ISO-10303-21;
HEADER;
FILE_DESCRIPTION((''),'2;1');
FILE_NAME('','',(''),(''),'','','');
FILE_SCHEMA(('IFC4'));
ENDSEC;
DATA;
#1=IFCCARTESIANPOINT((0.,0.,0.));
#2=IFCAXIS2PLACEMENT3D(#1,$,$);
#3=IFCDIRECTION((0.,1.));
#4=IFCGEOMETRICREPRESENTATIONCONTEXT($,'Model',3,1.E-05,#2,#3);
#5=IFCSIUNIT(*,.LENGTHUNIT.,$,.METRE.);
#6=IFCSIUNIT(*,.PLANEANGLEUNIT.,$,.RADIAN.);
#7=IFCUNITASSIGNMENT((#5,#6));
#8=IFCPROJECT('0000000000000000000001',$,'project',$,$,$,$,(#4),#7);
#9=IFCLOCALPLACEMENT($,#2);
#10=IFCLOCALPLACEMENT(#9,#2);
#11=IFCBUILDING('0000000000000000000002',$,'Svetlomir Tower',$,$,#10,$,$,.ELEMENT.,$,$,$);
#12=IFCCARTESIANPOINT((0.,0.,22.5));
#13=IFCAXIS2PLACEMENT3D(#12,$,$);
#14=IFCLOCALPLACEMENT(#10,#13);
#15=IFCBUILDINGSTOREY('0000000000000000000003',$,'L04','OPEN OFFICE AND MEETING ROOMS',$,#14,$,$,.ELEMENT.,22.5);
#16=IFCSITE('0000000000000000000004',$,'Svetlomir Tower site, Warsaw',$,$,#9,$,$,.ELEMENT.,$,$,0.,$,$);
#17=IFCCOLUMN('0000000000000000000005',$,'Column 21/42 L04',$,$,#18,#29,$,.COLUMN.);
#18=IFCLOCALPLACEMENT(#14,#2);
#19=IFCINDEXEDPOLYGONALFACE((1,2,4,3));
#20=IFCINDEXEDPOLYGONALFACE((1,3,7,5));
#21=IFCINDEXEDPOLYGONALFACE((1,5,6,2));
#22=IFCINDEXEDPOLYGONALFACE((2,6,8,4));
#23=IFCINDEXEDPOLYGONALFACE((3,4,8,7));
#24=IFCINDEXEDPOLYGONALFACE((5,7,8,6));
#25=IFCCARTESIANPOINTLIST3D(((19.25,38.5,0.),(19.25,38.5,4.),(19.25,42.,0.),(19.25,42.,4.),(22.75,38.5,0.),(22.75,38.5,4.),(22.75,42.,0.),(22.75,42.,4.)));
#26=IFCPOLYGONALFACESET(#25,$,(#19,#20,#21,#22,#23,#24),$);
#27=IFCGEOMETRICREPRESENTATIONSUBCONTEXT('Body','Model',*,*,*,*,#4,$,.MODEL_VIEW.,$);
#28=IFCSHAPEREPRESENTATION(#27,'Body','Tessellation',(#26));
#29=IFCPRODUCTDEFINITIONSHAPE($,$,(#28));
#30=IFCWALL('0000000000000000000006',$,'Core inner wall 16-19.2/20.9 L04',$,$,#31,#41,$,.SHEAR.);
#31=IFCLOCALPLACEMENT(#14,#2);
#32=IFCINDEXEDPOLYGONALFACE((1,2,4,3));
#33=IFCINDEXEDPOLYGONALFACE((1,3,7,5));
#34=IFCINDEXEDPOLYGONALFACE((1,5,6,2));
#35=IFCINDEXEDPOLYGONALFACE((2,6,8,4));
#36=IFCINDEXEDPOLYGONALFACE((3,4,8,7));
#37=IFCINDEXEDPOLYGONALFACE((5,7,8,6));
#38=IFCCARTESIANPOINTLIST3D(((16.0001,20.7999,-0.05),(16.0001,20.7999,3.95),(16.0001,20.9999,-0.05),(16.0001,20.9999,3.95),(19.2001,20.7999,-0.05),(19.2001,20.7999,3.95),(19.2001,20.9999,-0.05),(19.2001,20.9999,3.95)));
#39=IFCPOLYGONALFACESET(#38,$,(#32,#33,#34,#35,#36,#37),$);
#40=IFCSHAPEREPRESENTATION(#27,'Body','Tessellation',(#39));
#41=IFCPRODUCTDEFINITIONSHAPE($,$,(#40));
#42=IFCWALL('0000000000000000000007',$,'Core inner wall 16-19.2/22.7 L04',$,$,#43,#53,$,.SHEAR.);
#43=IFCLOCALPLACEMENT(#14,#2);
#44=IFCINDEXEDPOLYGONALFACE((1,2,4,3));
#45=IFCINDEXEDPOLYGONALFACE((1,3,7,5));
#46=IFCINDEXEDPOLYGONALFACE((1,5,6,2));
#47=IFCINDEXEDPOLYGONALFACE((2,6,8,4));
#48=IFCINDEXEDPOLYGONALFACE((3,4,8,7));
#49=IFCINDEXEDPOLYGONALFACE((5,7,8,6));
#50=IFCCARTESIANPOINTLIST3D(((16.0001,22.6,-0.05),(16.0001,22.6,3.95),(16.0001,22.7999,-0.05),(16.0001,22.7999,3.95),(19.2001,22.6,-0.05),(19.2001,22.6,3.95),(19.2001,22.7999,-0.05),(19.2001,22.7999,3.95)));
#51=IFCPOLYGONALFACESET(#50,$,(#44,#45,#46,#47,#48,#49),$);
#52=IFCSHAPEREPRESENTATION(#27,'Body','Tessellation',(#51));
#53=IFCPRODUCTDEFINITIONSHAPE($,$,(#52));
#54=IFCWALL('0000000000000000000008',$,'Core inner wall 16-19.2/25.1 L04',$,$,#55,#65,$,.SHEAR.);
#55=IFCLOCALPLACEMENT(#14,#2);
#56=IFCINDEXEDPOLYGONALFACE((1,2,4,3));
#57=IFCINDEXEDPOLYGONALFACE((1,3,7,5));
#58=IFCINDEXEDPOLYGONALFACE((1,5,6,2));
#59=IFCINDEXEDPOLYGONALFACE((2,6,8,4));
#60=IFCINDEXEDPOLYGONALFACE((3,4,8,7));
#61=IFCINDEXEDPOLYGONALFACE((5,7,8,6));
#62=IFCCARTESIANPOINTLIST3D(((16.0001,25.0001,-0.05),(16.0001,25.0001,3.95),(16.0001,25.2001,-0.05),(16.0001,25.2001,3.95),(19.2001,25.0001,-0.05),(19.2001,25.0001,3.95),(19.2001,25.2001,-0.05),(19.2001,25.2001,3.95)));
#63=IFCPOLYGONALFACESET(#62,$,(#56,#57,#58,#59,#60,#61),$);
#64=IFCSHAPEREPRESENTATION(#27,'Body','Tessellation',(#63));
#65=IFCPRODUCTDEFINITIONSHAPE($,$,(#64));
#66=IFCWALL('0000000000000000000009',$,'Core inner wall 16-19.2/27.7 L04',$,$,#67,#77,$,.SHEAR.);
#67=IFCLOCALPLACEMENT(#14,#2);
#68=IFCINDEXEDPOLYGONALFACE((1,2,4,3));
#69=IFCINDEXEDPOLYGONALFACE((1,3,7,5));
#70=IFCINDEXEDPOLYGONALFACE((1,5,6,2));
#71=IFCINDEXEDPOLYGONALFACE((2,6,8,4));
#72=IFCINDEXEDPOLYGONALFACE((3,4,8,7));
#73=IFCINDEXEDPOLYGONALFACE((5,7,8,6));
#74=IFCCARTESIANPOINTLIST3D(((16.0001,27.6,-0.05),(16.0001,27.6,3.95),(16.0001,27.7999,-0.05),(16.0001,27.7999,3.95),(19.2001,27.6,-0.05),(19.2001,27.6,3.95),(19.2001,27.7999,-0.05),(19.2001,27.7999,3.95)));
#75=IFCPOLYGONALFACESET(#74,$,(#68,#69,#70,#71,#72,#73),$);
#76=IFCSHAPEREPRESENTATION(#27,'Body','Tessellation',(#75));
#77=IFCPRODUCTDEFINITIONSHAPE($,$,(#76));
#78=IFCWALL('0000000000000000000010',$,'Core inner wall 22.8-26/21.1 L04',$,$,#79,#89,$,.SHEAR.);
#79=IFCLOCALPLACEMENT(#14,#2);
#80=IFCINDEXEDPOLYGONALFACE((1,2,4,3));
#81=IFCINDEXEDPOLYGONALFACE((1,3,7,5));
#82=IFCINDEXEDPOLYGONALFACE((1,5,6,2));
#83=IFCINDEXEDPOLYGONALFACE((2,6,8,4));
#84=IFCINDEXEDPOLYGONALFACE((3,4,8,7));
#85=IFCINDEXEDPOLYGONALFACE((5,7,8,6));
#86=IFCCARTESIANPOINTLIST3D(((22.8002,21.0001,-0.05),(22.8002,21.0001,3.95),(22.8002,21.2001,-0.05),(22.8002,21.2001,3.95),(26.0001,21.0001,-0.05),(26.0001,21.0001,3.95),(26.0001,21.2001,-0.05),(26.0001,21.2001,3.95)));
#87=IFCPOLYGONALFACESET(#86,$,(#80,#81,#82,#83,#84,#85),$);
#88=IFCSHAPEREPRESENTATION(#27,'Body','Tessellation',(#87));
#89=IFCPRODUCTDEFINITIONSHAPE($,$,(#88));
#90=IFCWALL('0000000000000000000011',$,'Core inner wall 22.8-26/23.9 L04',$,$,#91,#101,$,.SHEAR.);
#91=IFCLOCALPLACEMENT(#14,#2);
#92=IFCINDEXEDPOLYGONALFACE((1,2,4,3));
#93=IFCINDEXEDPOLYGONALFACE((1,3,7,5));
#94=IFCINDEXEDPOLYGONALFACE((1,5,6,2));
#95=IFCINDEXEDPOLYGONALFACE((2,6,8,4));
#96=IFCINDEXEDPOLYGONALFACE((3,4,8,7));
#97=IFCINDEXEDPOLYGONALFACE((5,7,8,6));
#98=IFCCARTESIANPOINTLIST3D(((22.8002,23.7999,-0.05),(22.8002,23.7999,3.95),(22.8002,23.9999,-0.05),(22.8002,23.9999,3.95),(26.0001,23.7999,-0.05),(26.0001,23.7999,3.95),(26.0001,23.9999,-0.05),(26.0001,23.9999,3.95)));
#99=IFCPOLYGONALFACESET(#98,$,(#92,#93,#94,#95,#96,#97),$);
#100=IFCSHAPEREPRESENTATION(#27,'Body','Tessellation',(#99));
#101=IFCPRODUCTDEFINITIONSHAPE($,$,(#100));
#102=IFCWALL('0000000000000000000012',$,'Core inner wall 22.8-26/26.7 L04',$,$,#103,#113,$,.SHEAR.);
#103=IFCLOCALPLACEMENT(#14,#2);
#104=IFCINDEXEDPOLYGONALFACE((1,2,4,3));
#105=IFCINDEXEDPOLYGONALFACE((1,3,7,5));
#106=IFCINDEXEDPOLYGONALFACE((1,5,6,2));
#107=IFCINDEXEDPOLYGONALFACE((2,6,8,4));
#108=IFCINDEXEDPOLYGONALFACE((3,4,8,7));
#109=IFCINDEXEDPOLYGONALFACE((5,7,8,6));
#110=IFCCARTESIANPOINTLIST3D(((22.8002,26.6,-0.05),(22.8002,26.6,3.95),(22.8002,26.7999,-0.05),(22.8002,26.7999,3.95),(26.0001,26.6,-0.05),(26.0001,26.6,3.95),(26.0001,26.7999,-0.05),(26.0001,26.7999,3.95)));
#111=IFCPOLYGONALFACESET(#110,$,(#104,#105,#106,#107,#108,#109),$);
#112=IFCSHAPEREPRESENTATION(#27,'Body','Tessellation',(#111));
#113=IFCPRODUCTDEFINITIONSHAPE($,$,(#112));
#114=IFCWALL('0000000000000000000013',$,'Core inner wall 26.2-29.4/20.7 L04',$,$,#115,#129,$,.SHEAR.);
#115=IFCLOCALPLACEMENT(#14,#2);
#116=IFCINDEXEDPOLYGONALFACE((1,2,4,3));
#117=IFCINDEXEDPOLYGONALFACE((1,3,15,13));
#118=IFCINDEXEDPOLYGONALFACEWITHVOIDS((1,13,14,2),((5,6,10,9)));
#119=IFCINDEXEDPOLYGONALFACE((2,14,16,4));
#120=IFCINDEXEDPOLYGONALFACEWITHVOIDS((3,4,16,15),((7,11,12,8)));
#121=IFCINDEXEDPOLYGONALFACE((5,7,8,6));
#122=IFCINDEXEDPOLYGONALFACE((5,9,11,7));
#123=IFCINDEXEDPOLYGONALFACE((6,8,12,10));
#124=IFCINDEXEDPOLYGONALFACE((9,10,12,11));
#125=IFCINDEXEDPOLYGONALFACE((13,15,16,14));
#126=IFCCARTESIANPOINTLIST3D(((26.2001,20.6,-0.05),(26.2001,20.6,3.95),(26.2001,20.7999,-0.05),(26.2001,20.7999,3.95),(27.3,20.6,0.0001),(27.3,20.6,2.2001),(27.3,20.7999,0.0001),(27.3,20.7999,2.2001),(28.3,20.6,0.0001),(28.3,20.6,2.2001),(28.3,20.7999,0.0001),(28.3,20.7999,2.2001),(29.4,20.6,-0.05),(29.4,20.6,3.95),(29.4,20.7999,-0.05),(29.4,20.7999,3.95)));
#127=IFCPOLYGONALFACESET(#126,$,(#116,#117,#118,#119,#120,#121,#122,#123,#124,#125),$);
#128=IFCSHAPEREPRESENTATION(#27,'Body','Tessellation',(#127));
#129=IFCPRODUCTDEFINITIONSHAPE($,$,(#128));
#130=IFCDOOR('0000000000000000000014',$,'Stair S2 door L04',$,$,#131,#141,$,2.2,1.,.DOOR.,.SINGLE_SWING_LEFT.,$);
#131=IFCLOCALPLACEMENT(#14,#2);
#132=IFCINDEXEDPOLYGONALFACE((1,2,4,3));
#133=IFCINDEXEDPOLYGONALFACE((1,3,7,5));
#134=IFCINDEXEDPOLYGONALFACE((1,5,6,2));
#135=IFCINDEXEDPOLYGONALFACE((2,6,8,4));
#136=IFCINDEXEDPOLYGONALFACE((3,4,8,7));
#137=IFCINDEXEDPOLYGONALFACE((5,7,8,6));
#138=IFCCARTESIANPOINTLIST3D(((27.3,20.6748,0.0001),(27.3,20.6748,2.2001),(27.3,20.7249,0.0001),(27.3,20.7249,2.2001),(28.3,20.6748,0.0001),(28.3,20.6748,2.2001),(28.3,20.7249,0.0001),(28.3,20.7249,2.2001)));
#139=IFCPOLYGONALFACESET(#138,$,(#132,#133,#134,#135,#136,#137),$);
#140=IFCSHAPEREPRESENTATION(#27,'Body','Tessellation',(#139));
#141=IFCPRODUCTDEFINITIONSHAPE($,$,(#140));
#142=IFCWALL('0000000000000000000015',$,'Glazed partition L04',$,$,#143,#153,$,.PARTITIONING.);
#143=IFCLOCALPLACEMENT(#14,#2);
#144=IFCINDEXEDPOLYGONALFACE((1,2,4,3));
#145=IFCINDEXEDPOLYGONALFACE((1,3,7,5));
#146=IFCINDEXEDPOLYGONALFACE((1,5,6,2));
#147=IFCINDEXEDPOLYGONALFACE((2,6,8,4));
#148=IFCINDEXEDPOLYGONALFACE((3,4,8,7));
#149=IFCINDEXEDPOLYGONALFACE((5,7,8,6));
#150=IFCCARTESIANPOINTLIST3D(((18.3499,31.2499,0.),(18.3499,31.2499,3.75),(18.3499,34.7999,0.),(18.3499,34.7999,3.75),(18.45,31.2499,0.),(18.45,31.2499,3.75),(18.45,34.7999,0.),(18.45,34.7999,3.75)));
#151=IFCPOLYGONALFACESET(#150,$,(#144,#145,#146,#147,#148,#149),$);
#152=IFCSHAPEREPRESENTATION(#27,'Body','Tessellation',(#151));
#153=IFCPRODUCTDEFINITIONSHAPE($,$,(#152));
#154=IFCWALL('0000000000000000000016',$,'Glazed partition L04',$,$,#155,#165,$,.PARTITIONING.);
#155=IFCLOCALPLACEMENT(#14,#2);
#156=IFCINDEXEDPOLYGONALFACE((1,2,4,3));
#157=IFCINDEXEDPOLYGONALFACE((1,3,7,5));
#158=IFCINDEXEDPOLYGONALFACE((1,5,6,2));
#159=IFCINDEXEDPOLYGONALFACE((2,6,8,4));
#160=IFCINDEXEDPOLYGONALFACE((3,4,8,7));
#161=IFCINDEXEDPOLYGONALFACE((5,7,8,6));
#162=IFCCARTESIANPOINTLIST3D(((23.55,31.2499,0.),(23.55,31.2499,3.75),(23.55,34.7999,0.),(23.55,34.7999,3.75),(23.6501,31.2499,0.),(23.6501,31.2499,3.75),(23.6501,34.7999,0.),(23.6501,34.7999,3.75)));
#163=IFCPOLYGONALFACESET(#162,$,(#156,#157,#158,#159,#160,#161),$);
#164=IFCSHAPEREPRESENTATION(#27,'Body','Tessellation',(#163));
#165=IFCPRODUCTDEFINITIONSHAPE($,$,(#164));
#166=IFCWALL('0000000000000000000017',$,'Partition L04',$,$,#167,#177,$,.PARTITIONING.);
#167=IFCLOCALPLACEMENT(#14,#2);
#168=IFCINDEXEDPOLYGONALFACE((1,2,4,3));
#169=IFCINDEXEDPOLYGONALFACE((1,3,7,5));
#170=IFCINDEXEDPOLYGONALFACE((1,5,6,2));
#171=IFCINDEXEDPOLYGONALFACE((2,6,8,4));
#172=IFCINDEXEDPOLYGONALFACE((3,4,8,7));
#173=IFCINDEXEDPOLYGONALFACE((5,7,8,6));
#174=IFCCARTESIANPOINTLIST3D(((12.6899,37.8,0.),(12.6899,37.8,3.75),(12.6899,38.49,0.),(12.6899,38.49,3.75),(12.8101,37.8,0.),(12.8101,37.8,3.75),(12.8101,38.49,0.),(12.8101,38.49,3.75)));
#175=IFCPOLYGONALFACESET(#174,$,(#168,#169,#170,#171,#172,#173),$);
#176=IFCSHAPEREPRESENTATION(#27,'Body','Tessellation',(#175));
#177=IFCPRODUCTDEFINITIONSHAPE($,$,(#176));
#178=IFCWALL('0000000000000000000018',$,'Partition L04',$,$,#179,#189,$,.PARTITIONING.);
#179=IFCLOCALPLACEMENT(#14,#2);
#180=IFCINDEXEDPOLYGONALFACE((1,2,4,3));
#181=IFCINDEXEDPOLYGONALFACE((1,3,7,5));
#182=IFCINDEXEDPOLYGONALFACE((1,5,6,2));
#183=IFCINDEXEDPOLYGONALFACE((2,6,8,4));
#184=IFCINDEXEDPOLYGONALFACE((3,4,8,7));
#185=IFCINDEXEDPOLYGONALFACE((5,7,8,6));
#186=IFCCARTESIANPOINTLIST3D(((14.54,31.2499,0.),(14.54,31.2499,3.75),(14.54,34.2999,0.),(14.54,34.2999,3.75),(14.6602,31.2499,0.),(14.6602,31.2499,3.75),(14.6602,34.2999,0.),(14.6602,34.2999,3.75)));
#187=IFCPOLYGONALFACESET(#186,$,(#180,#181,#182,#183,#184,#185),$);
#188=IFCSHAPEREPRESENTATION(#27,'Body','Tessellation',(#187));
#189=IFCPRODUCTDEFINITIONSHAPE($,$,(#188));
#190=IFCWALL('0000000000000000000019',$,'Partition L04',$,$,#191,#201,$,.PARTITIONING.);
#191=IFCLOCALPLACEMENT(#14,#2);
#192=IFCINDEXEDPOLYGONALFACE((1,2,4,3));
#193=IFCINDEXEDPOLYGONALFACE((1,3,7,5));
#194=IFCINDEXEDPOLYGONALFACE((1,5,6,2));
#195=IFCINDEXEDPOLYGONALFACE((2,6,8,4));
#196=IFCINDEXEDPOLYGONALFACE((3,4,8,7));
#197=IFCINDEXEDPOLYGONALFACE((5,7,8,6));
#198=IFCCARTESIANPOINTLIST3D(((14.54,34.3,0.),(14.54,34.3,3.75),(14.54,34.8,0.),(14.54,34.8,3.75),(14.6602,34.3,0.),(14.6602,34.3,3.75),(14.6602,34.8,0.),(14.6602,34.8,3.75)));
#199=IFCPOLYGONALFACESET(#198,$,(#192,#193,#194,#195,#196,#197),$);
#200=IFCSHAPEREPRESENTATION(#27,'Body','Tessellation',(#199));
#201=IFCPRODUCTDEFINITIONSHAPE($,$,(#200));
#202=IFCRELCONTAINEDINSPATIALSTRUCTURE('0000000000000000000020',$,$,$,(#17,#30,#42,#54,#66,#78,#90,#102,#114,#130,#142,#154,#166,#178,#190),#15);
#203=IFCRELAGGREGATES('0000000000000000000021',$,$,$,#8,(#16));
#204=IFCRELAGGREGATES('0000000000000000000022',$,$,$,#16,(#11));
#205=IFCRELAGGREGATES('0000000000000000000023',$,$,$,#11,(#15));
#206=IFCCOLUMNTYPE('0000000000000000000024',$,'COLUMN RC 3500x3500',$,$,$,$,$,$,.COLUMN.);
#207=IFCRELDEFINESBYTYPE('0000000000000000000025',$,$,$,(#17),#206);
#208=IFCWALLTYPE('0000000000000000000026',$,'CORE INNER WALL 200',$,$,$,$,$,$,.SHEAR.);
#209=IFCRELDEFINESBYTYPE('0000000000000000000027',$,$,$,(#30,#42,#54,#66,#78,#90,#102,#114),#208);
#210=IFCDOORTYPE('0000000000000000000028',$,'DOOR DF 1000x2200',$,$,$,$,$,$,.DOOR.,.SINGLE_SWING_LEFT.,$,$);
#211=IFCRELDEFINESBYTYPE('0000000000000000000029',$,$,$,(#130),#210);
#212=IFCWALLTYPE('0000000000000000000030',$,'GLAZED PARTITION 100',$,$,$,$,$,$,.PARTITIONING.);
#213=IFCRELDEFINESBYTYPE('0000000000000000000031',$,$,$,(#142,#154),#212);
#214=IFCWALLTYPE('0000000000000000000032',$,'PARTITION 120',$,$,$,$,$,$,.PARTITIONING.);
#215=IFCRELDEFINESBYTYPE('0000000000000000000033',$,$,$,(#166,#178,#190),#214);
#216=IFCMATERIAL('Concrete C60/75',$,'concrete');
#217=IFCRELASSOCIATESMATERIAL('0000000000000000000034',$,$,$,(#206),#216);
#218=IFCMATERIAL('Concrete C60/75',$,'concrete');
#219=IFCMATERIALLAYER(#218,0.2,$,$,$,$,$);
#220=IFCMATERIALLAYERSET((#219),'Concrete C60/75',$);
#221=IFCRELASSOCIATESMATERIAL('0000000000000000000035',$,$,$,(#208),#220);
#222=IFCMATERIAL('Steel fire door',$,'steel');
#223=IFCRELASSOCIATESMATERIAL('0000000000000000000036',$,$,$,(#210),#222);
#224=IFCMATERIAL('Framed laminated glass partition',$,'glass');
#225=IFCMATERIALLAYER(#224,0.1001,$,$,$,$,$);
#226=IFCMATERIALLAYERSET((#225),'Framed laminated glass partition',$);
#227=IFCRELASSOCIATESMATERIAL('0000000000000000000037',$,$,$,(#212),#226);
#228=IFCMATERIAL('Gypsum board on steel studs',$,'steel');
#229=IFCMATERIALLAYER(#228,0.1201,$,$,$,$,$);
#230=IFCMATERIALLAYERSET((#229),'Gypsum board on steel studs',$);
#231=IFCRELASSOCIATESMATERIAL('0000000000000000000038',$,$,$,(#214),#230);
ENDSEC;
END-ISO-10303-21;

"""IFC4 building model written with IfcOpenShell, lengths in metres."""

from ifc_helpers import new_model, si_unit, direction, frame, frame_2d, origin, origin_2d, place, context, subcontext, project, spatial, rectangle, extrude, material, layer, layer_set, material_profile, profile_set, type_object, element, fill, save


model = new_model("IFC4")

# Units and contexts
model_context = context("Model", 3, precision=1e-05, world=origin(), true_north=direction((0.0, 1.0)))
body_context = subcontext(model_context, "Body", "Model", "MODEL_VIEW")
ifc_project = project(units=[si_unit("LENGTHUNIT", "METRE"), si_unit("PLANEANGLEUNIT", "RADIAN")], contexts=[model_context])

# Site, building, storey
site_placement = place(None, origin())
site = spatial("IfcSite", under=ifc_project, at=site_placement, Name="Svetlomir Tower site, Warsaw", CompositionType="ELEMENT", RefElevation=0.0)
building_placement = place(site_placement, origin())
building = spatial("IfcBuilding", under=site, at=building_placement, Name="Svetlomir Tower", CompositionType="ELEMENT")
storey_placement = place(building_placement, frame((0.0, 0.0, 22.5)))
storey = spatial("IfcBuildingStorey", under=building, at=storey_placement, Name="L04", Description="OPEN OFFICE AND MEETING ROOMS", CompositionType="ELEMENT", Elevation=22.5)

# Column
ifc_material_1 = material(Name="Concrete C60/75", Category="concrete")
ifc_material_profile = material_profile(ifc_material_1, rectangle(XDim=3.5, YDim=3.5, at=origin_2d()), Name="RC 3500x3500")
ifc_profile_set = profile_set([ifc_material_profile], Name="Concrete C60/75")
column_type = type_object("IfcColumnType", Name="COLUMN RC 3500x3500", PredefinedType="COLUMN", material=ifc_profile_set)
column_placement = place(storey_placement, frame((21.0, 40.25, 0.0), z_axis=(0.0, 0.0, 1.0), x_axis=(1.0, 0.0, 0.0)))
element("IfcColumn", 1, at=column_placement, inside=storey, type_object=column_type, Name="Column 21/42 L04", PredefinedType="COLUMN", context=body_context, shape_type="SweptSolid", body=[
    extrude(rectangle(XDim=3.5, YDim=3.5, at=origin_2d()), origin(), (0.0, 0.0, 1.0), 4.0),
])

# Walls
ifc_material_2 = material(Name="Concrete C60/75", Category="concrete")
ifc_layer_1 = layer(ifc_material_2, 0.2)
ifc_layer_set_1 = layer_set([ifc_layer_1], Name="Concrete C60/75")
wall_type_1 = type_object("IfcWallType", Name="CORE INNER WALL 200", PredefinedType="SHEAR", material=ifc_layer_set_1)
for number, where, z_axis, x_axis, name in (
    (2, (16.0, 20.8999, -0.05), (0.0, 0.0, 1.0), (1.0, 0.0, 0.0), "Core inner wall 16-19.2/20.9 L04"),
    (3, (16.0, 22.7, -0.05), (0.0, 0.0, 1.0), (1.0, 0.0, 0.0), "Core inner wall 16-19.2/22.7 L04"),
    (4, (16.0, 25.1001, -0.05), (0.0, 0.0, 1.0), (1.0, 0.0, 0.0), "Core inner wall 16-19.2/25.1 L04"),
    (5, (16.0, 27.7, -0.05), (0.0, 0.0, 1.0), (1.0, 0.0, 0.0), "Core inner wall 16-19.2/27.7 L04"),
    (6, (22.8, 21.1001, -0.05), (0.0, 0.0, 1.0), (1.0, 0.0, 0.0), "Core inner wall 22.8-26/21.1 L04"),
    (7, (22.8, 23.8999, -0.05), (0.0, 0.0, 1.0), (1.0, 0.0, 0.0), "Core inner wall 22.8-26/23.9 L04"),
    (8, (22.8, 26.7, -0.05), (0.0, 0.0, 1.0), (1.0, 0.0, 0.0), "Core inner wall 22.8-26/26.7 L04"),
):
    element("IfcWall", number, at=place(storey_placement, frame(where, z_axis=z_axis, x_axis=x_axis)), inside=storey, type_object=wall_type_1, Name=name, PredefinedType="SHEAR", context=body_context, shape_type="SweptSolid", body=[
        extrude(rectangle(XDim=3.2, YDim=0.2, at=frame_2d((1.6001, 0.0))), origin(), (0.0, 0.0, 1.0), 4.0),
    ])

# Wall, opening, door
wall_1_placement = place(storey_placement, frame((26.2, 20.7, -0.05), z_axis=(0.0, 0.0, 1.0), x_axis=(1.0, 0.0, 0.0)))
wall_1 = element("IfcWall", 9, at=wall_1_placement, inside=storey, type_object=wall_type_1, Name="Core inner wall 26.2-29.4/20.7 L04", PredefinedType="SHEAR", context=body_context, shape_type="SweptSolid", body=[
    extrude(rectangle(XDim=3.2, YDim=0.2, at=frame_2d((1.6001, 0.0))), origin(), (0.0, 0.0, 1.0), 4.0),
])
opening_1_placement = place(wall_1_placement, frame((1.1001, 0.0, 0.05)))
opening_1 = element("IfcOpeningElement", 10, at=opening_1_placement, cuts=wall_1, PredefinedType="OPENING", context=body_context, shape_type="SweptSolid", body=[
    extrude(rectangle(XDim=1.0, YDim=2.2, at=frame_2d((0.5, 1.1001))), frame((0.0, 0.1099, 0.0), z_axis=(0.0, -1.0, 0.0), x_axis=(1.0, 0.0, 0.0)), (0.0, 0.0, 1.0), 0.22),
])
ifc_material_3 = material(Name="Steel fire door", Category="steel")
door_type_1 = type_object("IfcDoorType", Name="DOOR DF 1000x2200", OperationType="SINGLE_SWING_LEFT", PredefinedType="DOOR", material=ifc_material_3)
door_1_placement = place(opening_1_placement, origin())
door_1 = element("IfcDoor", 11, at=door_1_placement, inside=storey, type_object=door_type_1, Name="Stair S2 door L04", OperationType="SINGLE_SWING_LEFT", OverallHeight=2.2, OverallWidth=1.0, PredefinedType="DOOR", context=body_context, shape_type="SweptSolid", body=[
    extrude(rectangle(XDim=1.0, YDim=2.2, at=frame_2d((0.5, 1.1001))), frame((0.0, 0.0249, 0.0), z_axis=(0.0, -1.0, 0.0), x_axis=(1.0, 0.0, 0.0)), (0.0, 0.0, 1.0), 0.05),
])
fill(opening_1, door_1)

# Walls
ifc_material_4 = material(Name="Framed laminated glass partition", Category="glass")
ifc_layer_2 = layer(ifc_material_4, 0.1001)
ifc_layer_set_2 = layer_set([ifc_layer_2], Name="Framed laminated glass partition")
wall_type_2 = type_object("IfcWallType", Name="GLAZED PARTITION 100", PredefinedType="PARTITIONING", material=ifc_layer_set_2)
for number, where, z_axis, x_axis, name in (
    (12, (18.3999, 31.25, 0.0), (0.0, 0.0, 1.0), (0.0, 1.0, 0.0), "Glazed partition L04"),
    (13, (23.6001, 31.25, 0.0), (0.0, 0.0, 1.0), (0.0, 1.0, 0.0), "Glazed partition L04"),
):
    element("IfcWall", number, at=place(storey_placement, frame(where, z_axis=z_axis, x_axis=x_axis)), inside=storey, type_object=wall_type_2, Name=name, PredefinedType="PARTITIONING", context=body_context, shape_type="SweptSolid", body=[
        extrude(rectangle(XDim=3.55, YDim=0.1001, at=frame_2d((1.7749, 0.0))), origin(), (0.0, 0.0, 1.0), 3.75),
    ])
ifc_material_5 = material(Name="Gypsum board on steel studs", Category="steel")
ifc_layer_3 = layer(ifc_material_5, 0.1201)
ifc_layer_set_3 = layer_set([ifc_layer_3], Name="Gypsum board on steel studs")
wall_type_3 = type_object("IfcWallType", Name="PARTITION 120", PredefinedType="PARTITIONING", material=ifc_layer_set_3)
wall_2_placement = place(storey_placement, frame((12.75, 37.8, 0.0), z_axis=(0.0, 0.0, 1.0), x_axis=(0.0, 1.0, 0.0)))
element("IfcWall", 14, at=wall_2_placement, inside=storey, type_object=wall_type_3, Name="Partition L04", PredefinedType="PARTITIONING", context=body_context, shape_type="SweptSolid", body=[
    extrude(rectangle(XDim=0.6899, YDim=0.1201, at=frame_2d((0.345, 0.0))), origin(), (0.0, 0.0, 1.0), 3.75),
])
wall_3_placement = place(storey_placement, frame((14.6001, 31.25, 0.0), z_axis=(0.0, 0.0, 1.0), x_axis=(0.0, 1.0, 0.0)))
element("IfcWall", 15, at=wall_3_placement, inside=storey, type_object=wall_type_3, Name="Partition L04", PredefinedType="PARTITIONING", context=body_context, shape_type="SweptSolid", body=[
    extrude(rectangle(XDim=3.05, YDim=0.1201, at=frame_2d((1.5249, 0.0))), origin(), (0.0, 0.0, 1.0), 3.75),
])
wall_4_placement = place(storey_placement, frame((14.6001, 34.3, 0.0), z_axis=(0.0, 0.0, 1.0), x_axis=(0.0, 1.0, 0.0)))
element("IfcWall", 16, at=wall_4_placement, inside=storey, type_object=wall_type_3, Name="Partition L04", PredefinedType="PARTITIONING", context=body_context, shape_type="SweptSolid", body=[
    extrude(rectangle(XDim=0.5, YDim=0.1201, at=frame_2d((0.25, 0.0))), origin(), (0.0, 0.0, 1.0), 3.75),
])

save(model, "model.ifc")
